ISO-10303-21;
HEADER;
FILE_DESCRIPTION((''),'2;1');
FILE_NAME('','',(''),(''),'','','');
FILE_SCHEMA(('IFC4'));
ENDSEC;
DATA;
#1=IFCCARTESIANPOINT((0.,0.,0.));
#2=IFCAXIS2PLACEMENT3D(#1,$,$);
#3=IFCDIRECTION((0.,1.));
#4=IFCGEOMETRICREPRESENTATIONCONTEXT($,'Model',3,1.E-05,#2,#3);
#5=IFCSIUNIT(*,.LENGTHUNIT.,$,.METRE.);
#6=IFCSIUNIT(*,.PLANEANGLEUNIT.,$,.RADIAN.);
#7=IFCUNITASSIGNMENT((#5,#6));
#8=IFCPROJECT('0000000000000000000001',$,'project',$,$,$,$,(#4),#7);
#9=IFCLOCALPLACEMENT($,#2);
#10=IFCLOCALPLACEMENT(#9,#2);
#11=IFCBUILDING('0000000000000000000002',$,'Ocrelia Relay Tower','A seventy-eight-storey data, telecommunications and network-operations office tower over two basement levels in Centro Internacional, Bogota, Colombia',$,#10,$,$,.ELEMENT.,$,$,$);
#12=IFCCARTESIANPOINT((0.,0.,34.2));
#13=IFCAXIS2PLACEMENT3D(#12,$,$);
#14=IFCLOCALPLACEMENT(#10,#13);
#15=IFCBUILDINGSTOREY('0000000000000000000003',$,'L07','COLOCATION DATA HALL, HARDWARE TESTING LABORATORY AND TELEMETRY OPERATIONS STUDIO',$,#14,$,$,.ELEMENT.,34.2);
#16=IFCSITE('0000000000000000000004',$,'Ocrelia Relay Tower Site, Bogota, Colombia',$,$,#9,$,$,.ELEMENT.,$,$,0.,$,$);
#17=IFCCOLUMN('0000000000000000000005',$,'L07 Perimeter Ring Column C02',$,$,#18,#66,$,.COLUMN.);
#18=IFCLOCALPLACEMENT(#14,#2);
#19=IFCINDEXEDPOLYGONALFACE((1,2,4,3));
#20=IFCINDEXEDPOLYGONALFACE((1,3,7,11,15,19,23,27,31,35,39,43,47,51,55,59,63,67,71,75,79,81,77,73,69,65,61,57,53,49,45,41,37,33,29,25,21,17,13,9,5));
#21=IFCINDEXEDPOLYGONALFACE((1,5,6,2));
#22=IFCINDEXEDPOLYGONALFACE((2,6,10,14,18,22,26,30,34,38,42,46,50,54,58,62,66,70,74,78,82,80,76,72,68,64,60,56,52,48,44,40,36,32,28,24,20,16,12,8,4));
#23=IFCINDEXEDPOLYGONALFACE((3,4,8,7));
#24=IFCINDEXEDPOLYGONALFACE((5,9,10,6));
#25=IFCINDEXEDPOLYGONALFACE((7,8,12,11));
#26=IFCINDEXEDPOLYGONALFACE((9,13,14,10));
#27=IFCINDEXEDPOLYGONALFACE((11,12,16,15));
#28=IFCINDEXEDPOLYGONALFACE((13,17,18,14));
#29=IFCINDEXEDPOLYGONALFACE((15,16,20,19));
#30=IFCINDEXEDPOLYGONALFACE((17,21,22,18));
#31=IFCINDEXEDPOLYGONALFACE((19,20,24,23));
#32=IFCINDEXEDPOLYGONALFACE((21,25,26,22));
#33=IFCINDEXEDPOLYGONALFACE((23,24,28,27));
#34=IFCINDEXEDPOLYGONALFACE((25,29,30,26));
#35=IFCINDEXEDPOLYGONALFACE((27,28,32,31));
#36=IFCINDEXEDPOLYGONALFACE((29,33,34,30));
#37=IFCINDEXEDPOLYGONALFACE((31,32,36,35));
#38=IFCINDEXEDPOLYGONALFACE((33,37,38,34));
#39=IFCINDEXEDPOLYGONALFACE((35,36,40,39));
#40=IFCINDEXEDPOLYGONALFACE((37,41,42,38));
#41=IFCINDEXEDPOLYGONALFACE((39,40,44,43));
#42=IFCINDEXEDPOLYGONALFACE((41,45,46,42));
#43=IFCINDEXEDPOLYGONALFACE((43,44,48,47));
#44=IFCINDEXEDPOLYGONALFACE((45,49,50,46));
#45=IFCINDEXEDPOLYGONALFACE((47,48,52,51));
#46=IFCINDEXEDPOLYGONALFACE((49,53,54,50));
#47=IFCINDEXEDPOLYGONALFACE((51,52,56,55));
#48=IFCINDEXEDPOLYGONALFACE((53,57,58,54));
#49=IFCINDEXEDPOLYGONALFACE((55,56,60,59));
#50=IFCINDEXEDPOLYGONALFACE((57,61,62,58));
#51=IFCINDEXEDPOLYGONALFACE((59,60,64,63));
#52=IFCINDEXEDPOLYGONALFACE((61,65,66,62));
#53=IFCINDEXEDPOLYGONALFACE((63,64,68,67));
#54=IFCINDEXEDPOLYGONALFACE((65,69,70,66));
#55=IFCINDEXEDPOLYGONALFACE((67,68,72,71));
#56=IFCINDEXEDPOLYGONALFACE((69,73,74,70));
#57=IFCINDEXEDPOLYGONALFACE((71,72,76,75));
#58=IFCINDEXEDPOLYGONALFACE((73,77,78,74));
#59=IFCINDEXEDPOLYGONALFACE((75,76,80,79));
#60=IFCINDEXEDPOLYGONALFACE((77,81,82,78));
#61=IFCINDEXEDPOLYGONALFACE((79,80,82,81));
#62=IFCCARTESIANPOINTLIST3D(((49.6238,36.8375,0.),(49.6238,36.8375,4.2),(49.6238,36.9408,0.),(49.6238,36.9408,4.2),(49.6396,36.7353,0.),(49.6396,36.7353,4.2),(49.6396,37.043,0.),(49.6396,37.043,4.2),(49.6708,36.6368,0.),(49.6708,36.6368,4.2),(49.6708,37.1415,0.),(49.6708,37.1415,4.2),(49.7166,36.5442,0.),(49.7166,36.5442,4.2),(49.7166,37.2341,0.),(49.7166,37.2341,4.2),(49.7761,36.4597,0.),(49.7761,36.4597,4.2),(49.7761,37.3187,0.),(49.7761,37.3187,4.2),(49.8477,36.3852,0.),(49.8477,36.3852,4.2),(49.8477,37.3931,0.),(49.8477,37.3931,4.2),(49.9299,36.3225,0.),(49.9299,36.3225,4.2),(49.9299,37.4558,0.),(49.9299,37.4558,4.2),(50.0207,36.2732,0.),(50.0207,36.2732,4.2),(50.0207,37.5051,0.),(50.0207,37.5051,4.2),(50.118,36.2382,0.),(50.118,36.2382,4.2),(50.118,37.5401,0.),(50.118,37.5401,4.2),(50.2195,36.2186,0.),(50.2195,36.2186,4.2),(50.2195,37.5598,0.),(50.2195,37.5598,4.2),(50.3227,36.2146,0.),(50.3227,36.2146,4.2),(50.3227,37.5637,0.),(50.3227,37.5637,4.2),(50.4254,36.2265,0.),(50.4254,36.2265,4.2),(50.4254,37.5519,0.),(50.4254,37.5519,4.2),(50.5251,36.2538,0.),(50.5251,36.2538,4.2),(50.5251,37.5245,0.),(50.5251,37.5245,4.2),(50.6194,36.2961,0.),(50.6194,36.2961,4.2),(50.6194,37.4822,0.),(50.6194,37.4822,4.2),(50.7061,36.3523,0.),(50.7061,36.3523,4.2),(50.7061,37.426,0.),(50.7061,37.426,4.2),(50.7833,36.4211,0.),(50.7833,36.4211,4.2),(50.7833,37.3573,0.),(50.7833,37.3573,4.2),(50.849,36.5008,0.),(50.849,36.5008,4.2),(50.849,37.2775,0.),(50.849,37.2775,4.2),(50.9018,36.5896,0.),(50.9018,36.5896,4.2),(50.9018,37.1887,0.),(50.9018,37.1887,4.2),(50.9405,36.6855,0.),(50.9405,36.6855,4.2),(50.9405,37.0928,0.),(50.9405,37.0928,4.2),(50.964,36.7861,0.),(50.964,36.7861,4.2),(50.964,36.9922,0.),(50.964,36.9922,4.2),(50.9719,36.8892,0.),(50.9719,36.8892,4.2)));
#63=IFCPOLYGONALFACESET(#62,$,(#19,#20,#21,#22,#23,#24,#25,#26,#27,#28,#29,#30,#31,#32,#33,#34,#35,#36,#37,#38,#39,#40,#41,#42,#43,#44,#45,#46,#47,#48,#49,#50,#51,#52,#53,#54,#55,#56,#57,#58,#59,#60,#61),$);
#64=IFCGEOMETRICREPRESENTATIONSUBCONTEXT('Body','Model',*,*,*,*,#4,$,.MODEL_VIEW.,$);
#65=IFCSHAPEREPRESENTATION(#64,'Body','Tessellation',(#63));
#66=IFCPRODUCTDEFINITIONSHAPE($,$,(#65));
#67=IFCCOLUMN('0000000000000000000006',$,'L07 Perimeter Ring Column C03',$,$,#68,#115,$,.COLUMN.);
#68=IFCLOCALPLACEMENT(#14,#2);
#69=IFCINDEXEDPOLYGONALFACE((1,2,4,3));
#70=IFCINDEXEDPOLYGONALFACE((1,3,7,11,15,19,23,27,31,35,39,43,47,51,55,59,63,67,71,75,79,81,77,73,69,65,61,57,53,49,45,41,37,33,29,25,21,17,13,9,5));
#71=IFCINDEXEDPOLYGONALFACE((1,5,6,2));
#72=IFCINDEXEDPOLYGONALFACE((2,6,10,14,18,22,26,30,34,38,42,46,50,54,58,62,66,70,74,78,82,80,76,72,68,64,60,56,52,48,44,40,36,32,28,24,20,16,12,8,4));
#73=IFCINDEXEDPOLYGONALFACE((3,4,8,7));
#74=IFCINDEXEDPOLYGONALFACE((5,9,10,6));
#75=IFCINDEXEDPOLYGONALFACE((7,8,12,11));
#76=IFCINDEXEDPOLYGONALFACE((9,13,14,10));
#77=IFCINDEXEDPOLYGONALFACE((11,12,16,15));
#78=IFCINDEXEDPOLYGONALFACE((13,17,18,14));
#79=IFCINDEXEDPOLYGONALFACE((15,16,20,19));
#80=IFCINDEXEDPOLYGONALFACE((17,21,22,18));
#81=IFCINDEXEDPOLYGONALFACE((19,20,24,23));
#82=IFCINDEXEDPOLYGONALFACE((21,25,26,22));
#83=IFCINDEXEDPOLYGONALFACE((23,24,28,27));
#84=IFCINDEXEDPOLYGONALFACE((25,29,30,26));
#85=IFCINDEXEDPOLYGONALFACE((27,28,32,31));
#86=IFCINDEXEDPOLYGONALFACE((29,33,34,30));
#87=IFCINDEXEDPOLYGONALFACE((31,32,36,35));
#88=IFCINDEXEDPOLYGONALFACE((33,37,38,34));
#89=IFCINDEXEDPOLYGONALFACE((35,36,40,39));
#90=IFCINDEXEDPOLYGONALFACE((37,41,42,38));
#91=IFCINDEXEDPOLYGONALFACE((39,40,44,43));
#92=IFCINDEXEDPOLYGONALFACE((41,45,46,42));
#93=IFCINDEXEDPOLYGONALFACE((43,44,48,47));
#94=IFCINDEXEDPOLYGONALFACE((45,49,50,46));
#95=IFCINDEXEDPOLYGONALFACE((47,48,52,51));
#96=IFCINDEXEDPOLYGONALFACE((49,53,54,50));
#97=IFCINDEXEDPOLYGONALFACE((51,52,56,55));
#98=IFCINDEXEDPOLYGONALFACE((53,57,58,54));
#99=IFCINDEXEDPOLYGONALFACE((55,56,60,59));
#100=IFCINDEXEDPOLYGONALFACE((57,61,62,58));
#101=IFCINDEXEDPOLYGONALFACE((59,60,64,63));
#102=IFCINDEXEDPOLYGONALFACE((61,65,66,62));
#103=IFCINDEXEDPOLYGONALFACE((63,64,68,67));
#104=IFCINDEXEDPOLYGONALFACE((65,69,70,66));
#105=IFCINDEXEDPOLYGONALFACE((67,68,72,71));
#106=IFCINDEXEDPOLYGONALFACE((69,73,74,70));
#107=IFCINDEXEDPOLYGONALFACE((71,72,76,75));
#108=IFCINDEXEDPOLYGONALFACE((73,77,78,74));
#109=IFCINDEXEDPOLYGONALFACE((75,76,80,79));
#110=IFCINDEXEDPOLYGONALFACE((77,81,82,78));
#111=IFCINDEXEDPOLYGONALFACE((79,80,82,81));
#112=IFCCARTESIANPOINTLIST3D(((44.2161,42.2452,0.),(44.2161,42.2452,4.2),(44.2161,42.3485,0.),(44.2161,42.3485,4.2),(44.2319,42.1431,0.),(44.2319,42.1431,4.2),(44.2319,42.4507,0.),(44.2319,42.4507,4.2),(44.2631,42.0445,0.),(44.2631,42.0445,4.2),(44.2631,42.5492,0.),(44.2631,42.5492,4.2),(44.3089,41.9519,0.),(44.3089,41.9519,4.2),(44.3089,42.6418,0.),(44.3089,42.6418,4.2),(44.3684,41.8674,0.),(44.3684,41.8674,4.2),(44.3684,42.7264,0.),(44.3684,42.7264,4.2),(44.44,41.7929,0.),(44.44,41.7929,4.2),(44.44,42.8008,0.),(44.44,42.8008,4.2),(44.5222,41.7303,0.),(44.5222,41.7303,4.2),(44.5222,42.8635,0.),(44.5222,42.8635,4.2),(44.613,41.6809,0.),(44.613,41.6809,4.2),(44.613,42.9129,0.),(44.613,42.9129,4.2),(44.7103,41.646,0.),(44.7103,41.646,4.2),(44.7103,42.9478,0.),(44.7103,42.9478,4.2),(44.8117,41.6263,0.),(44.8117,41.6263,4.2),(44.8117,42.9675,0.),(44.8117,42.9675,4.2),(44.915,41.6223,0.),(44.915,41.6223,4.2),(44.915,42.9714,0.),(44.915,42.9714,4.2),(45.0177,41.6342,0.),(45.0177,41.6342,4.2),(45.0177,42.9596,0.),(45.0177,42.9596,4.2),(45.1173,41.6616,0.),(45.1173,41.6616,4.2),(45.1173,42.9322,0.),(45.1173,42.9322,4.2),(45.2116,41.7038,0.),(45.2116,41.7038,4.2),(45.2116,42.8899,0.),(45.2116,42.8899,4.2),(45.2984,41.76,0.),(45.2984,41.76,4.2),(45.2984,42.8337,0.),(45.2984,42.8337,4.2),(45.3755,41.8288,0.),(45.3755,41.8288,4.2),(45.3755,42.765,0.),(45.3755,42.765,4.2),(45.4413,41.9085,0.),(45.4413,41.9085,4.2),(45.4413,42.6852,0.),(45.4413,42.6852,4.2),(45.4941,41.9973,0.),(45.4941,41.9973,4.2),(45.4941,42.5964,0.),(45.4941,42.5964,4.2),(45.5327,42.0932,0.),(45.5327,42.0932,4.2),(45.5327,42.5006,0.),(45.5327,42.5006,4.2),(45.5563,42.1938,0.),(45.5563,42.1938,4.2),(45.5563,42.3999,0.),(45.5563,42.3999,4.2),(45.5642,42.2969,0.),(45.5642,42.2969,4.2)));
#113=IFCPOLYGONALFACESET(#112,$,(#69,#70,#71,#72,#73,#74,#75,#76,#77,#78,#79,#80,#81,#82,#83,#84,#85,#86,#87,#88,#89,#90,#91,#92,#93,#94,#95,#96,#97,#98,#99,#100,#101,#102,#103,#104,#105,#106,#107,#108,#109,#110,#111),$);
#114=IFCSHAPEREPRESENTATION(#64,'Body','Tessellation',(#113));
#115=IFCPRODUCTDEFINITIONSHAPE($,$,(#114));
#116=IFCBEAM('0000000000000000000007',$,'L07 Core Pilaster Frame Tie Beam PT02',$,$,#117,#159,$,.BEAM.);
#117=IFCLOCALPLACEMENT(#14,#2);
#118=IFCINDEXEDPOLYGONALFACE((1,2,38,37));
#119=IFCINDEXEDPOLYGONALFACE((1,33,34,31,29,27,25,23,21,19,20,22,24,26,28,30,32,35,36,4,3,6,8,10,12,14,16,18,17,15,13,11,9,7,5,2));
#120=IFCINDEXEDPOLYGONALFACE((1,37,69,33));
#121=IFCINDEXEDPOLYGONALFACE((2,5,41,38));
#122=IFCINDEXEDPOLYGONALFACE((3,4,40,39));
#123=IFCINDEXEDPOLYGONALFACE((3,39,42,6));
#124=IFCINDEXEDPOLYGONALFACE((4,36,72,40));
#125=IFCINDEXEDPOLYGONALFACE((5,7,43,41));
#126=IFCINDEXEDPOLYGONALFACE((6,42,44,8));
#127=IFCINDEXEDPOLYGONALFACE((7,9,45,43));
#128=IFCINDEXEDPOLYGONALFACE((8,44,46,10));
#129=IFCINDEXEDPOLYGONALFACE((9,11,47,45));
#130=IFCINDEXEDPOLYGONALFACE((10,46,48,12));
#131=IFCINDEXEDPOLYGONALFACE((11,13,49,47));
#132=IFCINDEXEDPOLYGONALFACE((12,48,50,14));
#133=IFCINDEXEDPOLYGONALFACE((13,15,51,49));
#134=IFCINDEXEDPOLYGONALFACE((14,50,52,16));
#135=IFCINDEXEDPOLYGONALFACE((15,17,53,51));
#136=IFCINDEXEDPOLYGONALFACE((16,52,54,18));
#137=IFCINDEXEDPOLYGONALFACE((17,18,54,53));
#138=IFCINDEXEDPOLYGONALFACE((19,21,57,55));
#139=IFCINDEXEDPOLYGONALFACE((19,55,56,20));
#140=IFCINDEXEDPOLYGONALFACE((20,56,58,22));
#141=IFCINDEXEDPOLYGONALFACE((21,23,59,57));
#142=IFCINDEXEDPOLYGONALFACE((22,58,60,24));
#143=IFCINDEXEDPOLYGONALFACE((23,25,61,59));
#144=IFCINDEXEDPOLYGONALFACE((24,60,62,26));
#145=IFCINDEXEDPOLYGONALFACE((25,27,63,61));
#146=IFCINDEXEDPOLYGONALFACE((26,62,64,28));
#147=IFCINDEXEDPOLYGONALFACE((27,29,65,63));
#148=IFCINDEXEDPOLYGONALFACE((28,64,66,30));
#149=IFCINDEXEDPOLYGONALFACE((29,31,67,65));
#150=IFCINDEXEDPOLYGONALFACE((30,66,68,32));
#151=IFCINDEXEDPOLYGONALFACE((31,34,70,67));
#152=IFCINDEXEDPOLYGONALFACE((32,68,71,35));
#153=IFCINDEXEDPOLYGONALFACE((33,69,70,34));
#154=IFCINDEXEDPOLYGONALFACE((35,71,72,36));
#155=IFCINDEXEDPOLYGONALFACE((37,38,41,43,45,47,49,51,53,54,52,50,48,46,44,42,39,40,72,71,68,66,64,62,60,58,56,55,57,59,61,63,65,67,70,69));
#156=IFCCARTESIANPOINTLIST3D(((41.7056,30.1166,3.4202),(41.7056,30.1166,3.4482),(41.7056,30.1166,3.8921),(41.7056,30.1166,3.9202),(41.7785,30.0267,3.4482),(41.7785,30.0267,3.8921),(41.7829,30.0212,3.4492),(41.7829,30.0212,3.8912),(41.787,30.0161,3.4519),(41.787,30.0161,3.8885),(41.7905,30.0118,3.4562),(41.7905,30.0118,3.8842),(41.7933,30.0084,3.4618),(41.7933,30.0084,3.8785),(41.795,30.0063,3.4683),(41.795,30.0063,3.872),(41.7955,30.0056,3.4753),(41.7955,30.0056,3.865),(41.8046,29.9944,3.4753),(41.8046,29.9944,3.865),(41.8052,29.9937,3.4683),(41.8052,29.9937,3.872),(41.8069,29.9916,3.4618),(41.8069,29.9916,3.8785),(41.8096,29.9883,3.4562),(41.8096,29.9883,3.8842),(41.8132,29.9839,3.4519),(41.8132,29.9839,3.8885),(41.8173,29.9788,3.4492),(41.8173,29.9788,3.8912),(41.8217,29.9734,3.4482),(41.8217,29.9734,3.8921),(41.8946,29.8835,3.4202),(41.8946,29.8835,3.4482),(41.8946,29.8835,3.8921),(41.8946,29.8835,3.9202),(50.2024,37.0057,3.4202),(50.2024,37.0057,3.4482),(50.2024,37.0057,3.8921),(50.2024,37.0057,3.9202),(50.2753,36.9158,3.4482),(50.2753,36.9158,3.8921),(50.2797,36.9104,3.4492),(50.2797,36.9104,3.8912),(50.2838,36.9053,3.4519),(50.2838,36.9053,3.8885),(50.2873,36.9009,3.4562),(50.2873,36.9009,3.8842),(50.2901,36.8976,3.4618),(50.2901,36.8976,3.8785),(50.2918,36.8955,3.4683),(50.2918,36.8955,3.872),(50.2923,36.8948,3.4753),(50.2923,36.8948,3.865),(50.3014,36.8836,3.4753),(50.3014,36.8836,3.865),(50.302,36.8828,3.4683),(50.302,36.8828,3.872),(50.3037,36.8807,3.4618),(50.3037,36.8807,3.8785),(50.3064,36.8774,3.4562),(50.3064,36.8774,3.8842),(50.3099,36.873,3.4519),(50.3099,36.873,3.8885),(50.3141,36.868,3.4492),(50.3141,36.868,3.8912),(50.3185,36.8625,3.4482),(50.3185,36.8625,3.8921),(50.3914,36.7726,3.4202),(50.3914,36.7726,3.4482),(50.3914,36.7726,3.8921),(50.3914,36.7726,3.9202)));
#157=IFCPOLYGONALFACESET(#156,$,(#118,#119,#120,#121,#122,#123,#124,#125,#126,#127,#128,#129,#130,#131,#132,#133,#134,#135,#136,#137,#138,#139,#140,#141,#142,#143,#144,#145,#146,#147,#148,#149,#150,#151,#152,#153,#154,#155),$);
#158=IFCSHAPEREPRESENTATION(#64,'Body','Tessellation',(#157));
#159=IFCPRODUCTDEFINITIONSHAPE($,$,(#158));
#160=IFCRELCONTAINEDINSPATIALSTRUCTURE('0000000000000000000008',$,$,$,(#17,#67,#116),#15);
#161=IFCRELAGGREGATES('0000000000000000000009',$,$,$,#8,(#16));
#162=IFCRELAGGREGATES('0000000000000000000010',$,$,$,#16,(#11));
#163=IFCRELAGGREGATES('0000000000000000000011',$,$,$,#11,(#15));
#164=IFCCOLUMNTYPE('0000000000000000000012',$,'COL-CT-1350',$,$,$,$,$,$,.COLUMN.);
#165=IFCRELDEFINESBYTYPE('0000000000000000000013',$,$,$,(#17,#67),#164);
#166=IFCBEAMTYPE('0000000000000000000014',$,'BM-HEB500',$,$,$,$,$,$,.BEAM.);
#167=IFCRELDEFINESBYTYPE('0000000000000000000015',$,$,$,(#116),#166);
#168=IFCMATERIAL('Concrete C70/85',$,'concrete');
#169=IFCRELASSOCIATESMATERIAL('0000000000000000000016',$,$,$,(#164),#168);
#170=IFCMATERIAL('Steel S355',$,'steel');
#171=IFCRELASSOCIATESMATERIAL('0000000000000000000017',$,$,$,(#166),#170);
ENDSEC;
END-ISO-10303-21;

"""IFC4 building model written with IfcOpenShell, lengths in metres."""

from ifc_helpers import new_model, si_unit, direction, frame, origin, origin_2d, place, context, subcontext, project, spatial, circle, i_section, extrude, material, material_profile, profile_set, type_object, element, save


model = new_model("IFC4")

# Units and contexts
model_context = context("Model", 3, precision=1e-05, world=origin(), true_north=direction((0.0, 1.0)))
body_context = subcontext(model_context, "Body", "Model", "MODEL_VIEW")
ifc_project = project(units=[si_unit("LENGTHUNIT", "METRE"), si_unit("PLANEANGLEUNIT", "RADIAN")], contexts=[model_context])

# Site, building, storey
site_placement = place(None, origin())
site = spatial("IfcSite", under=ifc_project, at=site_placement, Name="Ocrelia Relay Tower Site, Bogota, Colombia", CompositionType="ELEMENT", RefElevation=0.0)
building_placement = place(site_placement, origin())
building = spatial("IfcBuilding", under=site, at=building_placement, Name="Ocrelia Relay Tower", Description="A seventy-eight-storey data, telecommunications and network-operations office tower over two basement levels in Centro Internacional, Bogota, Colombia", CompositionType="ELEMENT")
storey_placement = place(building_placement, frame((0.0, 0.0, 34.2)))
storey = spatial("IfcBuildingStorey", under=building, at=storey_placement, Name="L07", Description="COLOCATION DATA HALL, HARDWARE TESTING LABORATORY AND TELEMETRY OPERATIONS STUDIO", CompositionType="ELEMENT", Elevation=34.2)

# Columns
ifc_material_1 = material(Name="Concrete C70/85", Category="concrete")
ifc_material_profile_1 = material_profile(ifc_material_1, circle(Radius=0.675, at=origin_2d()), Name="RC-CIR-1350")
ifc_profile_set_1 = profile_set([ifc_material_profile_1], Name="Concrete C70/85")
column_type = type_object("IfcColumnType", Name="COL-CT-1350", PredefinedType="COLUMN", material=ifc_profile_set_1)
for number, where, z_axis, x_axis, name in (
    (1, (50.2969, 36.8892, 0.0), (0.0, 0.0, 1.0), (1.0, 0.0, 0.0), "L07 Perimeter Ring Column C02"),
    (2, (44.8892, 42.2969, 0.0), (0.0, 0.0, 1.0), (1.0, 0.0, 0.0), "L07 Perimeter Ring Column C03"),
):
    element("IfcColumn", number, at=place(storey_placement, frame(where, z_axis=z_axis, x_axis=x_axis)), inside=storey, type_object=column_type, Name=name, PredefinedType="COLUMN", context=body_context, shape_type="SweptSolid", body=[
        extrude(circle(Radius=0.675, at=origin_2d()), origin(), (0.0, 0.0, 1.0), 4.2),
    ])

# Beam
ifc_material_2 = material(Name="Steel S355", Category="steel")
ifc_material_profile_2 = material_profile(ifc_material_2, i_section(OverallWidth=0.3, OverallDepth=0.5, WebThickness=0.0144, FlangeThickness=0.0281, FilletRadius=0.0271, at=origin_2d()), Name="HEB 500")
ifc_profile_set_2 = profile_set([ifc_material_profile_2], Name="Steel S355")
beam_type_1 = type_object("IfcBeamType", Name="BM-HEB500", PredefinedType="BEAM", material=ifc_profile_set_2)
beam_1_placement = place(storey_placement, frame((50.2969, 36.8892, 3.6702), z_axis=(-0.776763, -0.629793, 0.0), x_axis=(0.629793, -0.776763, 0.0)))
element("IfcBeam", 3, at=beam_1_placement, inside=storey, type_object=beam_type_1, Name="L07 Core Pilaster Frame Tie Beam PT02", PredefinedType="BEAM", context=body_context, shape_type="SweptSolid", body=[
    extrude(i_section(OverallWidth=0.3, OverallDepth=0.5, WebThickness=0.0144, FlangeThickness=0.0281, FilletRadius=0.0271, at=origin_2d()), origin(), (0.0, 0.0, 1.0), 10.9387),
])

save(model, "model.ifc")
